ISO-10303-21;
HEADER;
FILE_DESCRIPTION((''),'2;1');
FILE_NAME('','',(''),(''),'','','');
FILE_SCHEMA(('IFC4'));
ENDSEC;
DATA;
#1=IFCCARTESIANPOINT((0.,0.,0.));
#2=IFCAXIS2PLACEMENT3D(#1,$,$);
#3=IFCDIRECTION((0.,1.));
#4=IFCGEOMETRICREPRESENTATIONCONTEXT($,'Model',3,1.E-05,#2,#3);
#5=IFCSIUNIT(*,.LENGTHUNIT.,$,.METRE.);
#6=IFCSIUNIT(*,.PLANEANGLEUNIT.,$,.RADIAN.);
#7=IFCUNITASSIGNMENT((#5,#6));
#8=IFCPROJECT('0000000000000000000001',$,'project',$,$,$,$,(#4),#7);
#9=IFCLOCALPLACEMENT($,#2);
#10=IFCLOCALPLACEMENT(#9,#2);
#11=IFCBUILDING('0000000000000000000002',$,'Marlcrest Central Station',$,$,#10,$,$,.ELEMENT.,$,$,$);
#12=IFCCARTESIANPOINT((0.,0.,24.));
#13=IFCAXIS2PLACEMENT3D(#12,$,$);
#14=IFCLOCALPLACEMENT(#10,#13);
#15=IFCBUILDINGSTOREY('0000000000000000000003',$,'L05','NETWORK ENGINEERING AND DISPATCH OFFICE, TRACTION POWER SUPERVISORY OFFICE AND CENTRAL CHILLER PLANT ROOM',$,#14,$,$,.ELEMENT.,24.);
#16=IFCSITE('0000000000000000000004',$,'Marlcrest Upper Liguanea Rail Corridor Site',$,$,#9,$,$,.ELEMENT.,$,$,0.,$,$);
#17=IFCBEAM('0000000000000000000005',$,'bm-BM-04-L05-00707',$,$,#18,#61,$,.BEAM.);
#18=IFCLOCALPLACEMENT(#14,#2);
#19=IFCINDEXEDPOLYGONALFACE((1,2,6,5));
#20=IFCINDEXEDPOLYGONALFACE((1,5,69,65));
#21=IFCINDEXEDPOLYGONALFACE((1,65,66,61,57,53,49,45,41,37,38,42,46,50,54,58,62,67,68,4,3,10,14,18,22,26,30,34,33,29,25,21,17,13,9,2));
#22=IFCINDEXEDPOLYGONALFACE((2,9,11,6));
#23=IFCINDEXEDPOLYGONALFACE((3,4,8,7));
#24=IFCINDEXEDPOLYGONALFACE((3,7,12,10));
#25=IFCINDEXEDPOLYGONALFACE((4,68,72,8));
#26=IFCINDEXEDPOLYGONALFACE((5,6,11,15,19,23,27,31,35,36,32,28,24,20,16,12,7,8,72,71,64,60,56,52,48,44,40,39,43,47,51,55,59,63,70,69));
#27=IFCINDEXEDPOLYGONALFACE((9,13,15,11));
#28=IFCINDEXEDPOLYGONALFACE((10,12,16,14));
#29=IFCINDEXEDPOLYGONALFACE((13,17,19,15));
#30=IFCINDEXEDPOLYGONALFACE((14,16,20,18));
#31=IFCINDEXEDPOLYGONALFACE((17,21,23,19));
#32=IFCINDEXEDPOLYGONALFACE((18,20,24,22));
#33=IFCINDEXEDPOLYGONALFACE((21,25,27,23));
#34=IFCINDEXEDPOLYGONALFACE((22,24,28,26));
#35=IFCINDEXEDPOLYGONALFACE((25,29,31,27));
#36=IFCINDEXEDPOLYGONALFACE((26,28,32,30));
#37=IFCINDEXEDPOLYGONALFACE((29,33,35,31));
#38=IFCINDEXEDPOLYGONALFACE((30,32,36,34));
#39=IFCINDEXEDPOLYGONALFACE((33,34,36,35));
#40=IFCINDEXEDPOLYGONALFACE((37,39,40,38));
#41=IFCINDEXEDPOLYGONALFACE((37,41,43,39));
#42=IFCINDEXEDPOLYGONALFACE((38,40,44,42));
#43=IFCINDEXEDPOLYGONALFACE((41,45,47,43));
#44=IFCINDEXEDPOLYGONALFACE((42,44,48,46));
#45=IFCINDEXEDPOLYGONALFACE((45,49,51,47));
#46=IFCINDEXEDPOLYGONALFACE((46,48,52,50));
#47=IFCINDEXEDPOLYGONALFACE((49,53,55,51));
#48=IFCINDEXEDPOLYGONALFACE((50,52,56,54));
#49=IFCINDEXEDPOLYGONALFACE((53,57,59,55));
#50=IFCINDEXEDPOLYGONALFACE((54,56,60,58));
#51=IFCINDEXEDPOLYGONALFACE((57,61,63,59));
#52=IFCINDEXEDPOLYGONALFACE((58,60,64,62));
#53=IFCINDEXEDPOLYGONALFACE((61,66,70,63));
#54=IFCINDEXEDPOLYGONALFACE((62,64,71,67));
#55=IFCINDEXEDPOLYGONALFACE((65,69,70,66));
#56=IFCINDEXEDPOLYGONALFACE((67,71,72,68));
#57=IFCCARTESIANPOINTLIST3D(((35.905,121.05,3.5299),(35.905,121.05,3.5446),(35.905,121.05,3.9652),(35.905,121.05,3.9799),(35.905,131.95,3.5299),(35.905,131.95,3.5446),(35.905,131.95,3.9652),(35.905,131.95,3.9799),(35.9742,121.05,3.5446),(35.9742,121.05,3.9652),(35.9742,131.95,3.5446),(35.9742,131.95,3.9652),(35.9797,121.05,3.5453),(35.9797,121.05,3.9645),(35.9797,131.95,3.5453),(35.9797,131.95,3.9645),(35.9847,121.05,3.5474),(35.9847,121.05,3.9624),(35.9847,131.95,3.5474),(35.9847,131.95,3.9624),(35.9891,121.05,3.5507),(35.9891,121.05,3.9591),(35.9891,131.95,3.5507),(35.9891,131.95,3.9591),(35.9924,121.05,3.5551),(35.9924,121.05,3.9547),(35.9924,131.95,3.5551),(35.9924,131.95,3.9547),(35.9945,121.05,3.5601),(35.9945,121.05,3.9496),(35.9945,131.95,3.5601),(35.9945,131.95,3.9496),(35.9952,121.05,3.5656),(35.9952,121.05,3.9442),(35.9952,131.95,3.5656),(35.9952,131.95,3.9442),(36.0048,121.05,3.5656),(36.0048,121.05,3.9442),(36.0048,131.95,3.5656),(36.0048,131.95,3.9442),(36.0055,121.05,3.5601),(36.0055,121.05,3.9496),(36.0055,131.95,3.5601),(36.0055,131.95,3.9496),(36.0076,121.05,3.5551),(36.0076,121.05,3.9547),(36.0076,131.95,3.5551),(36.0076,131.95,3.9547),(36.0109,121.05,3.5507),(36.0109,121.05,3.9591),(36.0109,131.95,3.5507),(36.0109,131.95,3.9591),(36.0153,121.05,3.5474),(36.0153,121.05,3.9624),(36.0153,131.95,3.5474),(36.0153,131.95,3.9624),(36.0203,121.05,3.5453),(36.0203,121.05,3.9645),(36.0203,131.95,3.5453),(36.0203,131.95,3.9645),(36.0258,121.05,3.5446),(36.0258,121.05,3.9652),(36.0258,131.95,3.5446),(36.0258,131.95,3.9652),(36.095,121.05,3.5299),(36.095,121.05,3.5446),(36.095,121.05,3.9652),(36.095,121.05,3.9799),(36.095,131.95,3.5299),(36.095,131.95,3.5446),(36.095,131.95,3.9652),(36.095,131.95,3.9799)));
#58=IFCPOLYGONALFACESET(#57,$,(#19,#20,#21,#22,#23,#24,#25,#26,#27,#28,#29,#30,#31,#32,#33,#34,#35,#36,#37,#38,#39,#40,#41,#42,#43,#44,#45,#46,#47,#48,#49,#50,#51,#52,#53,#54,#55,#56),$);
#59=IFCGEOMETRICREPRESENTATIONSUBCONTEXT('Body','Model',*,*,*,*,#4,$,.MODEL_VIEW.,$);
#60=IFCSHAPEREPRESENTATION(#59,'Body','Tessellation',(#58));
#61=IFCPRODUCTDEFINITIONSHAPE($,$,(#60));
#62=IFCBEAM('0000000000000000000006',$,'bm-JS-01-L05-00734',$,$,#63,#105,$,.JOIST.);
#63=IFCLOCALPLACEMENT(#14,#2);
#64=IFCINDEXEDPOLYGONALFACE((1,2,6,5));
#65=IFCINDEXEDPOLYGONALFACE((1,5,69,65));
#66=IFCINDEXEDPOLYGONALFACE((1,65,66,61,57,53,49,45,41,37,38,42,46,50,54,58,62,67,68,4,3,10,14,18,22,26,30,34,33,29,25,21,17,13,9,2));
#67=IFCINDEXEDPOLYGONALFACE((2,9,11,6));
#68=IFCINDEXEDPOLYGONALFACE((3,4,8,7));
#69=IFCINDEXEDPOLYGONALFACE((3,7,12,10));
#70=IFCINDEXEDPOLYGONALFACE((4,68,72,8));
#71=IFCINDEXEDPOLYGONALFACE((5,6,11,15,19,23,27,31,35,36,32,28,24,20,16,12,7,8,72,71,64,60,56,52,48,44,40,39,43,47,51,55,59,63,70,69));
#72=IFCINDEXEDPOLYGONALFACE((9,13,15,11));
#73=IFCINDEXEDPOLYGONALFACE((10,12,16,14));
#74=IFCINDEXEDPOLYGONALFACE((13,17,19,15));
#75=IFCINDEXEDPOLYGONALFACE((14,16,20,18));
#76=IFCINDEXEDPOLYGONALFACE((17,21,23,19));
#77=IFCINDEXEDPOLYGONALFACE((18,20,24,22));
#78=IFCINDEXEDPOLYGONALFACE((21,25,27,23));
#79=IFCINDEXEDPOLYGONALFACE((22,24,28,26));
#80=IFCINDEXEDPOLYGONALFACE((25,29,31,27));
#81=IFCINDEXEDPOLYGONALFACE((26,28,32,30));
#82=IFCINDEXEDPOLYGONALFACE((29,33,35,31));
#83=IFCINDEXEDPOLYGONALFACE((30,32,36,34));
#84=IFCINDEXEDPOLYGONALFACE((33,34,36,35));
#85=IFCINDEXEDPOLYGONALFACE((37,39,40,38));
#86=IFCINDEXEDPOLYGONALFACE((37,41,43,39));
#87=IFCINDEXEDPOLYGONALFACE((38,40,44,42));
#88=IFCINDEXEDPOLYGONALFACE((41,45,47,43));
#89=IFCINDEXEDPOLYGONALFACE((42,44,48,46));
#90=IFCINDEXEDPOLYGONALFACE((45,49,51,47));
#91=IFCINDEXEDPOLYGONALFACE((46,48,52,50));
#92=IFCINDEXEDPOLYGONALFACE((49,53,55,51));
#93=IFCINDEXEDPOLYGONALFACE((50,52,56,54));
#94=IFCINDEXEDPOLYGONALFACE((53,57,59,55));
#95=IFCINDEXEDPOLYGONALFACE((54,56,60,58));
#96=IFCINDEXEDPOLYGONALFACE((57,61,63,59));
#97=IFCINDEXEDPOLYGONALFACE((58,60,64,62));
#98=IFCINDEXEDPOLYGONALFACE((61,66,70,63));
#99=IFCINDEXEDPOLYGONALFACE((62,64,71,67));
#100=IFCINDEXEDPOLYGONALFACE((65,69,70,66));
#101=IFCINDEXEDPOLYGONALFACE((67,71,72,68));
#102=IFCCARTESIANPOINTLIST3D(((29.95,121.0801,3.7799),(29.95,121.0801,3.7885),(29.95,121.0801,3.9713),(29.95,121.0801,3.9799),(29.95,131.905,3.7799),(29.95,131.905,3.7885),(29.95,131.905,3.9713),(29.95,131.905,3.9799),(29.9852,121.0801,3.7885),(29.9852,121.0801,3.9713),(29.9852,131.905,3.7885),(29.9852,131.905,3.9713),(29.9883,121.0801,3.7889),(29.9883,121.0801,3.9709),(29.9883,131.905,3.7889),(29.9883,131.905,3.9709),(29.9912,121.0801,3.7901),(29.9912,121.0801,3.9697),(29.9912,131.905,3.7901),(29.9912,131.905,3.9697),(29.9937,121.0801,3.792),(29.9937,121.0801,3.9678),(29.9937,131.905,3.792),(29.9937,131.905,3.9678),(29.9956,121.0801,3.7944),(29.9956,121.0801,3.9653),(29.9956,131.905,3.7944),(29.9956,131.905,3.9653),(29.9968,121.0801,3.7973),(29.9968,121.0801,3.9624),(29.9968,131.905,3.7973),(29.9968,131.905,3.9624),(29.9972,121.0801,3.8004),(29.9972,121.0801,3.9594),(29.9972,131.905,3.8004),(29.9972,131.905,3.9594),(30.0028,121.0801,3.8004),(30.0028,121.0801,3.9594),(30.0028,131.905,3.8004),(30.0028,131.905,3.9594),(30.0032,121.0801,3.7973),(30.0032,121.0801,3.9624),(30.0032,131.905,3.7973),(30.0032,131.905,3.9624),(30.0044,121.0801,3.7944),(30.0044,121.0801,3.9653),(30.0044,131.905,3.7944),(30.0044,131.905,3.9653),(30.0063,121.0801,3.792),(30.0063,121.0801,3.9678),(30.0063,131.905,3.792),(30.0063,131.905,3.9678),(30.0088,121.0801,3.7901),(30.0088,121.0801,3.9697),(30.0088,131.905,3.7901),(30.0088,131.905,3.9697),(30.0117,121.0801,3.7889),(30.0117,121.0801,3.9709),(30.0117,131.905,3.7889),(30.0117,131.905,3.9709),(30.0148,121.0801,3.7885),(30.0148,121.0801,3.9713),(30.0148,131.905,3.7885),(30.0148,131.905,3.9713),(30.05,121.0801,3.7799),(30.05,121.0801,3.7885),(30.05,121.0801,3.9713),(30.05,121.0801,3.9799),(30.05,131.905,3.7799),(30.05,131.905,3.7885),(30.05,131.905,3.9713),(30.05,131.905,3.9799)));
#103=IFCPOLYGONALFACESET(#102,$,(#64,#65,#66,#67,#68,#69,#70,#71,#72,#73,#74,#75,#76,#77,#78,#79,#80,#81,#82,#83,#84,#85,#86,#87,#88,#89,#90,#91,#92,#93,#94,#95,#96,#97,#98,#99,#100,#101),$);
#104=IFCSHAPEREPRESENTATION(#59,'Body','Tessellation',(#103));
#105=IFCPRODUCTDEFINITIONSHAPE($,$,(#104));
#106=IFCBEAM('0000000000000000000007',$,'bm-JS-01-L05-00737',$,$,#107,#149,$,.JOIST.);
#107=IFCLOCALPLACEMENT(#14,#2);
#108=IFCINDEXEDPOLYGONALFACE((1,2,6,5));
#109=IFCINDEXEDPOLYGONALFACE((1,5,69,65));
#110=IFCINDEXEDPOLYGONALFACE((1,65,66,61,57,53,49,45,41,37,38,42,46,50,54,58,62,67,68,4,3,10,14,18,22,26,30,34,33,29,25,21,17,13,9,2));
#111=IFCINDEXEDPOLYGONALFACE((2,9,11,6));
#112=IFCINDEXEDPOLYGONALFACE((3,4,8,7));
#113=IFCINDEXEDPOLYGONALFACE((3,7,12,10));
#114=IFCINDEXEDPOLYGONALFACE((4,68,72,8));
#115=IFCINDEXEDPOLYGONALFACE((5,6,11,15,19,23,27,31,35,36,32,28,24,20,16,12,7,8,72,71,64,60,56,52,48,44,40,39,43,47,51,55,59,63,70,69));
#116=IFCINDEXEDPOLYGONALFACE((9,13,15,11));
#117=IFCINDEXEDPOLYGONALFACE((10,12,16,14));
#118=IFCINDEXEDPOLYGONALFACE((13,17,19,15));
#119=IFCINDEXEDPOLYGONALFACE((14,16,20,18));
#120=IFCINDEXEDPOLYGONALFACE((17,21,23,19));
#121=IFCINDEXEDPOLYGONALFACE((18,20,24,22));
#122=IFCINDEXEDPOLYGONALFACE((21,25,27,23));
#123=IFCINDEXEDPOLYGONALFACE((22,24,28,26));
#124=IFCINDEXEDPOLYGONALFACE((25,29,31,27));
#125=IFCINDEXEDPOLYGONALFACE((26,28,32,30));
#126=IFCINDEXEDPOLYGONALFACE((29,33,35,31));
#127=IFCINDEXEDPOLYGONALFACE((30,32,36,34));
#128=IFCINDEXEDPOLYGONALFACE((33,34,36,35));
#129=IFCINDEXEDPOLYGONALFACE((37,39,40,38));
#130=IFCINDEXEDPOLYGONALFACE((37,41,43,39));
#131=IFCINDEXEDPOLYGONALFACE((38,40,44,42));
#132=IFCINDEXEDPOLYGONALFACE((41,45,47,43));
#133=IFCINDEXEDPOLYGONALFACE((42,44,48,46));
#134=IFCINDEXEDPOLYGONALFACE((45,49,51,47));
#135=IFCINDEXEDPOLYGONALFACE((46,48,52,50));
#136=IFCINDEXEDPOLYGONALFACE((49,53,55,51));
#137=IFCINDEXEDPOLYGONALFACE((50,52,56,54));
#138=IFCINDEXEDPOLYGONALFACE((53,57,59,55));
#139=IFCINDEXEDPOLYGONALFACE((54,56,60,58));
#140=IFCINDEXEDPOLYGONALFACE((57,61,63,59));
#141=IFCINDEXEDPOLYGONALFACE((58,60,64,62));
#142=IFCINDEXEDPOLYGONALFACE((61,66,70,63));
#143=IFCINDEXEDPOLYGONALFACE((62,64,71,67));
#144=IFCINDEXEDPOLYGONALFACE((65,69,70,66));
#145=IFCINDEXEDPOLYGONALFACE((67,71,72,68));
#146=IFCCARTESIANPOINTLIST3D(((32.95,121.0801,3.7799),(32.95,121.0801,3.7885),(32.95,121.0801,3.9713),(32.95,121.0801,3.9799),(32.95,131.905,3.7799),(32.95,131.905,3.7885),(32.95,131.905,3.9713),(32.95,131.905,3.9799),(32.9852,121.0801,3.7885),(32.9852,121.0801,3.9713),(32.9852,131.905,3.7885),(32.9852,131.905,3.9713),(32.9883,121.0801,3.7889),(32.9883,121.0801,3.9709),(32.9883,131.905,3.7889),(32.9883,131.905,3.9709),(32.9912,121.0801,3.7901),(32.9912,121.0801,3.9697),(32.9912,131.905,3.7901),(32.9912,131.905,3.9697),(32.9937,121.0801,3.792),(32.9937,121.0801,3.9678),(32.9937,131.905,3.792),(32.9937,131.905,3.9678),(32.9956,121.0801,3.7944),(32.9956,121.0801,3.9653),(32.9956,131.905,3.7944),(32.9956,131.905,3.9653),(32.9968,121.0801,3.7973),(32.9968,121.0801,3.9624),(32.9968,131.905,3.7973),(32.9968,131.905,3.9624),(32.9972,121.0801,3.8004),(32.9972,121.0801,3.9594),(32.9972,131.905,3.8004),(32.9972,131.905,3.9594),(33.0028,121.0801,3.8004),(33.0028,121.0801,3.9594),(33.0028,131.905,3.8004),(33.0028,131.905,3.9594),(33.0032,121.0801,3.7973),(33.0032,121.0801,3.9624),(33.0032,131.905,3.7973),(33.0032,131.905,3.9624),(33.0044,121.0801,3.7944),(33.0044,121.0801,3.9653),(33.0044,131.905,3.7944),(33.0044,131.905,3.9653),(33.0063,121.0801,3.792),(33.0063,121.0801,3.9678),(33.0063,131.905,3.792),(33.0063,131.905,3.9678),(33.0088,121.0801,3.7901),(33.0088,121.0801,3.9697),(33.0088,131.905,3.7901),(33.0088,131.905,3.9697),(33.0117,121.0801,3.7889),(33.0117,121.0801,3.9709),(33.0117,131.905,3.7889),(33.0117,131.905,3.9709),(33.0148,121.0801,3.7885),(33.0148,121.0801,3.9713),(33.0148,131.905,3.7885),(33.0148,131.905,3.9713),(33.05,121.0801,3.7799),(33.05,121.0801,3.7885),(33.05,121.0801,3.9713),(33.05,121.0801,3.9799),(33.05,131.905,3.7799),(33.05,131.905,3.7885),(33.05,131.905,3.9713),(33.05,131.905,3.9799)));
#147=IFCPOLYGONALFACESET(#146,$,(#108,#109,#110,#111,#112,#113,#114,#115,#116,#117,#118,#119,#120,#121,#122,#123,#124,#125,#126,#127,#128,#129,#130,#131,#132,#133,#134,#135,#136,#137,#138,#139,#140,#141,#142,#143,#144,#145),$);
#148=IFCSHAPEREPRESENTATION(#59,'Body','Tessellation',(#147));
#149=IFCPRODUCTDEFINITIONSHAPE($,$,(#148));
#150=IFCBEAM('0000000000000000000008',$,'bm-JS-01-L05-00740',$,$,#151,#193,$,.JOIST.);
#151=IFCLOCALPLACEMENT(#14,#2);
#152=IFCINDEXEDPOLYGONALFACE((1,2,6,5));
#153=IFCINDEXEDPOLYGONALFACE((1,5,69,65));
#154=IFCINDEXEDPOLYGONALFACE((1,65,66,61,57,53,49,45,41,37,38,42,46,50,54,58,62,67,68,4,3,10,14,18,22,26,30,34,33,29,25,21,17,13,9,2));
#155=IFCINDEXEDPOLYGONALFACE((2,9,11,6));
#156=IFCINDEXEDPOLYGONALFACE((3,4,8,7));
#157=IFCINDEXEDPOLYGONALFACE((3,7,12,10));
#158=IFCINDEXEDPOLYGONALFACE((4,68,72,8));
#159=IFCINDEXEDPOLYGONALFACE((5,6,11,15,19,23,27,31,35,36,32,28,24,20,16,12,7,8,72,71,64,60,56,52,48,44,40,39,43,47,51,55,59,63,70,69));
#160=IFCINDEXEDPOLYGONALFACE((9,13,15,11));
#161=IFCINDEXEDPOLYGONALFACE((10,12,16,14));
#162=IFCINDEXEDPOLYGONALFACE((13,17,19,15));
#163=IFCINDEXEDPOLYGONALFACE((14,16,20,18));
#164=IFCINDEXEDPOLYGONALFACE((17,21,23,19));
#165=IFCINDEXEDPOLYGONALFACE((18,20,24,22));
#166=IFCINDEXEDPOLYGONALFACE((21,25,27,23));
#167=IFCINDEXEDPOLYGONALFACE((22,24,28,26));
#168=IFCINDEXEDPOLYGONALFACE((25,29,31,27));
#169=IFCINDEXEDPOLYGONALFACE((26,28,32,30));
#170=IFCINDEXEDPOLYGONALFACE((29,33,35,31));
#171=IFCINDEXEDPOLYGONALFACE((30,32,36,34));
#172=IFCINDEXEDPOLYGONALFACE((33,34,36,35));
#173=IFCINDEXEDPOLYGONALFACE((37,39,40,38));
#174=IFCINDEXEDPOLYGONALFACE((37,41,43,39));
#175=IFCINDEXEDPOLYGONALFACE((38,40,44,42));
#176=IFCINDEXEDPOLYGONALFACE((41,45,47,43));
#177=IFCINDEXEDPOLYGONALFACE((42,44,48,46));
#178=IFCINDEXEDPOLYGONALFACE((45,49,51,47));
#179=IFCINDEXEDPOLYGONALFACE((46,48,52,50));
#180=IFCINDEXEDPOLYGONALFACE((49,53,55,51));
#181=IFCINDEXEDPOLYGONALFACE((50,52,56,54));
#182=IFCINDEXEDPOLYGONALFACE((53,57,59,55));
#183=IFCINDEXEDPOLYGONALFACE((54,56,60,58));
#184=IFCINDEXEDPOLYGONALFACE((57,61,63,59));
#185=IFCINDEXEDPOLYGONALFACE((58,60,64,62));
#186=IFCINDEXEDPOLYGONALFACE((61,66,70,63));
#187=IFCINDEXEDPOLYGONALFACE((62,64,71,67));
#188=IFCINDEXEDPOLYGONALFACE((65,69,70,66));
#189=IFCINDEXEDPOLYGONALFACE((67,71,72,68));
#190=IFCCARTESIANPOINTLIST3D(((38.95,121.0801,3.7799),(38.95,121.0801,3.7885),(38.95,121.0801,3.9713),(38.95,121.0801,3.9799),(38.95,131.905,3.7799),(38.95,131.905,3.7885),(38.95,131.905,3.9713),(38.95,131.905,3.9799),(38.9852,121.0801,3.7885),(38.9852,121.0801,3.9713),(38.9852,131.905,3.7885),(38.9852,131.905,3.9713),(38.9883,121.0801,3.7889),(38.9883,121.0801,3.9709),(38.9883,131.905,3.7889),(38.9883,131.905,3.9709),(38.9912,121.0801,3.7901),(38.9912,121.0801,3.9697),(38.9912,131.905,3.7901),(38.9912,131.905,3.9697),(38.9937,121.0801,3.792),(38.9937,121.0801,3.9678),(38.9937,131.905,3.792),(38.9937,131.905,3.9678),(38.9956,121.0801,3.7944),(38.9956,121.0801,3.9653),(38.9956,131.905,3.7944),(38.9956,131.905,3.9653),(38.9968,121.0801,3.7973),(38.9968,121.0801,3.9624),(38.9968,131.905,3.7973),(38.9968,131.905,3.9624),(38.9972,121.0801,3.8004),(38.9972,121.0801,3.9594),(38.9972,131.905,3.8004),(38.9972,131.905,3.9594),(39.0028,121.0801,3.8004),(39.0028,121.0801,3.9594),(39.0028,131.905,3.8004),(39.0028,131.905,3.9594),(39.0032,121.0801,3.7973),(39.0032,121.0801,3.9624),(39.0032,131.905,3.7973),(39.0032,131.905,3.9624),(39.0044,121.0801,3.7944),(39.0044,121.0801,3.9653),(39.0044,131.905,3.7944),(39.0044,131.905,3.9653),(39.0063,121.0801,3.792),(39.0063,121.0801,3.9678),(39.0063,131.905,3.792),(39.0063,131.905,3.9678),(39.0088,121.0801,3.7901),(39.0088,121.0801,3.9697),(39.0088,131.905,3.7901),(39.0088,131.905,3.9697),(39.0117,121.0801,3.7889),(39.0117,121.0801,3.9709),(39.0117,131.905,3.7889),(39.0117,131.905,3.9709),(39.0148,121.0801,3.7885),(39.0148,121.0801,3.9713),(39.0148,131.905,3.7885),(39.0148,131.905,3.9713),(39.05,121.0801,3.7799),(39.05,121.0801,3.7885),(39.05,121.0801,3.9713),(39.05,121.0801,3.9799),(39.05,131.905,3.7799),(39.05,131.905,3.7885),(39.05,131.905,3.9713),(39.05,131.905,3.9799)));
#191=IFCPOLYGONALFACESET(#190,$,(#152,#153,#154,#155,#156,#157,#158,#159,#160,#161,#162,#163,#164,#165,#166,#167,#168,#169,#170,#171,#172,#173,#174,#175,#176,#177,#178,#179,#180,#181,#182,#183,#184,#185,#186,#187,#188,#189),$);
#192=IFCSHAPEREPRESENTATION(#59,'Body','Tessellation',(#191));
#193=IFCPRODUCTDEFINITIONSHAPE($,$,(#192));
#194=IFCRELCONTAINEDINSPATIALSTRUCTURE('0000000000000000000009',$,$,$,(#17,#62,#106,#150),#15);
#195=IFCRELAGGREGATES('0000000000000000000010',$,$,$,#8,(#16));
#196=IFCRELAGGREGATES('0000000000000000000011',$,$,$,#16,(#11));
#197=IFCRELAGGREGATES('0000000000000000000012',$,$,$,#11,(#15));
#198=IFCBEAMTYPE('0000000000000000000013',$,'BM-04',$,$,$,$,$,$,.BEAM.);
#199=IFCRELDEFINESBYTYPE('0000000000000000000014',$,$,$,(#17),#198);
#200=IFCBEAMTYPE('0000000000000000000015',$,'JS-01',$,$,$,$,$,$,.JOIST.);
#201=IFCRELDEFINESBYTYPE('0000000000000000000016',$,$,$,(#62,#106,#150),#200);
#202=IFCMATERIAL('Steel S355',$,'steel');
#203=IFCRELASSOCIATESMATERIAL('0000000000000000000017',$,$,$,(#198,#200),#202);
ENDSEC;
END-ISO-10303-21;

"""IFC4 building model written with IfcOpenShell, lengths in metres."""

from ifc_helpers import new_model, si_unit, direction, frame, origin, origin_2d, place, context, subcontext, project, spatial, i_section, extrude, material, material_profile, profile_set, type_object, element, save


model = new_model("IFC4")

# Units and contexts
model_context = context("Model", 3, precision=1e-05, world=origin(), true_north=direction((0.0, 1.0)))
body_context = subcontext(model_context, "Body", "Model", "MODEL_VIEW")
ifc_project = project(units=[si_unit("LENGTHUNIT", "METRE"), si_unit("PLANEANGLEUNIT", "RADIAN")], contexts=[model_context])

# Site, building, storey
site_placement = place(None, origin())
site = spatial("IfcSite", under=ifc_project, at=site_placement, Name="Marlcrest Upper Liguanea Rail Corridor Site", CompositionType="ELEMENT", RefElevation=0.0)
building_placement = place(site_placement, origin())
building = spatial("IfcBuilding", under=site, at=building_placement, Name="Marlcrest Central Station", CompositionType="ELEMENT")
storey_placement = place(building_placement, frame((0.0, 0.0, 24.0)))
storey = spatial("IfcBuildingStorey", under=building, at=storey_placement, Name="L05", Description="NETWORK ENGINEERING AND DISPATCH OFFICE, TRACTION POWER SUPERVISORY OFFICE AND CENTRAL CHILLER PLANT ROOM", CompositionType="ELEMENT", Elevation=24.0)

# Shared definitions
ifc_material_1 = material(Name="Steel S355", Category="steel")

# Beams
ifc_material_profile_1 = material_profile(ifc_material_1, i_section(OverallWidth=0.1899, OverallDepth=0.45, WebThickness=0.0095, FlangeThickness=0.0146, FilletRadius=0.021, at=origin_2d()), Name="IPE 450")
ifc_profile_set_1 = profile_set([ifc_material_profile_1], Name="Steel S355")
beam_type_1 = type_object("IfcBeamType", Name="BM-04", PredefinedType="BEAM", material=ifc_profile_set_1)
beam_placement = place(storey_placement, frame((36.0, 121.05, 3.7549), z_axis=(0.0, 1.0, 0.0), x_axis=(-1.0, 0.0, 0.0)))
element("IfcBeam", 1, at=beam_placement, inside=storey, type_object=beam_type_1, Name="bm-BM-04-L05-00707", PredefinedType="BEAM", context=body_context, shape_type="SweptSolid", body=[
    extrude(i_section(OverallWidth=0.1899, OverallDepth=0.45, WebThickness=0.0095, FlangeThickness=0.0146, FilletRadius=0.021, at=origin_2d()), origin(), (0.0, 0.0, 1.0), 10.8999),
])
ifc_material_profile_2 = material_profile(ifc_material_1, i_section(OverallWidth=0.1001, OverallDepth=0.2, WebThickness=0.0056, FlangeThickness=0.0085, FilletRadius=0.012, at=origin_2d()), Name="IPE 200")
ifc_profile_set_2 = profile_set([ifc_material_profile_2], Name="Steel S355")
beam_type_2 = type_object("IfcBeamType", Name="JS-01", PredefinedType="JOIST", material=ifc_profile_set_2)
for number, where, z_axis, x_axis, name in (
    (2, (30.0, 121.0801, 3.8799), (0.0, 1.0, 0.0), (-1.0, 0.0, 0.0), "bm-JS-01-L05-00734"),
    (3, (33.0, 121.0801, 3.8799), (0.0, 1.0, 0.0), (-1.0, 0.0, 0.0), "bm-JS-01-L05-00737"),
    (4, (39.0, 121.0801, 3.8799), (0.0, 1.0, 0.0), (-1.0, 0.0, 0.0), "bm-JS-01-L05-00740"),
):
    element("IfcBeam", number, at=place(storey_placement, frame(where, z_axis=z_axis, x_axis=x_axis)), inside=storey, type_object=beam_type_2, Name=name, PredefinedType="JOIST", context=body_context, shape_type="SweptSolid", body=[
        extrude(i_section(OverallWidth=0.1001, OverallDepth=0.2, WebThickness=0.0056, FlangeThickness=0.0085, FilletRadius=0.012, at=origin_2d()), origin(), (0.0, 0.0, 1.0), 10.825),
    ])

save(model, "model.ifc")
